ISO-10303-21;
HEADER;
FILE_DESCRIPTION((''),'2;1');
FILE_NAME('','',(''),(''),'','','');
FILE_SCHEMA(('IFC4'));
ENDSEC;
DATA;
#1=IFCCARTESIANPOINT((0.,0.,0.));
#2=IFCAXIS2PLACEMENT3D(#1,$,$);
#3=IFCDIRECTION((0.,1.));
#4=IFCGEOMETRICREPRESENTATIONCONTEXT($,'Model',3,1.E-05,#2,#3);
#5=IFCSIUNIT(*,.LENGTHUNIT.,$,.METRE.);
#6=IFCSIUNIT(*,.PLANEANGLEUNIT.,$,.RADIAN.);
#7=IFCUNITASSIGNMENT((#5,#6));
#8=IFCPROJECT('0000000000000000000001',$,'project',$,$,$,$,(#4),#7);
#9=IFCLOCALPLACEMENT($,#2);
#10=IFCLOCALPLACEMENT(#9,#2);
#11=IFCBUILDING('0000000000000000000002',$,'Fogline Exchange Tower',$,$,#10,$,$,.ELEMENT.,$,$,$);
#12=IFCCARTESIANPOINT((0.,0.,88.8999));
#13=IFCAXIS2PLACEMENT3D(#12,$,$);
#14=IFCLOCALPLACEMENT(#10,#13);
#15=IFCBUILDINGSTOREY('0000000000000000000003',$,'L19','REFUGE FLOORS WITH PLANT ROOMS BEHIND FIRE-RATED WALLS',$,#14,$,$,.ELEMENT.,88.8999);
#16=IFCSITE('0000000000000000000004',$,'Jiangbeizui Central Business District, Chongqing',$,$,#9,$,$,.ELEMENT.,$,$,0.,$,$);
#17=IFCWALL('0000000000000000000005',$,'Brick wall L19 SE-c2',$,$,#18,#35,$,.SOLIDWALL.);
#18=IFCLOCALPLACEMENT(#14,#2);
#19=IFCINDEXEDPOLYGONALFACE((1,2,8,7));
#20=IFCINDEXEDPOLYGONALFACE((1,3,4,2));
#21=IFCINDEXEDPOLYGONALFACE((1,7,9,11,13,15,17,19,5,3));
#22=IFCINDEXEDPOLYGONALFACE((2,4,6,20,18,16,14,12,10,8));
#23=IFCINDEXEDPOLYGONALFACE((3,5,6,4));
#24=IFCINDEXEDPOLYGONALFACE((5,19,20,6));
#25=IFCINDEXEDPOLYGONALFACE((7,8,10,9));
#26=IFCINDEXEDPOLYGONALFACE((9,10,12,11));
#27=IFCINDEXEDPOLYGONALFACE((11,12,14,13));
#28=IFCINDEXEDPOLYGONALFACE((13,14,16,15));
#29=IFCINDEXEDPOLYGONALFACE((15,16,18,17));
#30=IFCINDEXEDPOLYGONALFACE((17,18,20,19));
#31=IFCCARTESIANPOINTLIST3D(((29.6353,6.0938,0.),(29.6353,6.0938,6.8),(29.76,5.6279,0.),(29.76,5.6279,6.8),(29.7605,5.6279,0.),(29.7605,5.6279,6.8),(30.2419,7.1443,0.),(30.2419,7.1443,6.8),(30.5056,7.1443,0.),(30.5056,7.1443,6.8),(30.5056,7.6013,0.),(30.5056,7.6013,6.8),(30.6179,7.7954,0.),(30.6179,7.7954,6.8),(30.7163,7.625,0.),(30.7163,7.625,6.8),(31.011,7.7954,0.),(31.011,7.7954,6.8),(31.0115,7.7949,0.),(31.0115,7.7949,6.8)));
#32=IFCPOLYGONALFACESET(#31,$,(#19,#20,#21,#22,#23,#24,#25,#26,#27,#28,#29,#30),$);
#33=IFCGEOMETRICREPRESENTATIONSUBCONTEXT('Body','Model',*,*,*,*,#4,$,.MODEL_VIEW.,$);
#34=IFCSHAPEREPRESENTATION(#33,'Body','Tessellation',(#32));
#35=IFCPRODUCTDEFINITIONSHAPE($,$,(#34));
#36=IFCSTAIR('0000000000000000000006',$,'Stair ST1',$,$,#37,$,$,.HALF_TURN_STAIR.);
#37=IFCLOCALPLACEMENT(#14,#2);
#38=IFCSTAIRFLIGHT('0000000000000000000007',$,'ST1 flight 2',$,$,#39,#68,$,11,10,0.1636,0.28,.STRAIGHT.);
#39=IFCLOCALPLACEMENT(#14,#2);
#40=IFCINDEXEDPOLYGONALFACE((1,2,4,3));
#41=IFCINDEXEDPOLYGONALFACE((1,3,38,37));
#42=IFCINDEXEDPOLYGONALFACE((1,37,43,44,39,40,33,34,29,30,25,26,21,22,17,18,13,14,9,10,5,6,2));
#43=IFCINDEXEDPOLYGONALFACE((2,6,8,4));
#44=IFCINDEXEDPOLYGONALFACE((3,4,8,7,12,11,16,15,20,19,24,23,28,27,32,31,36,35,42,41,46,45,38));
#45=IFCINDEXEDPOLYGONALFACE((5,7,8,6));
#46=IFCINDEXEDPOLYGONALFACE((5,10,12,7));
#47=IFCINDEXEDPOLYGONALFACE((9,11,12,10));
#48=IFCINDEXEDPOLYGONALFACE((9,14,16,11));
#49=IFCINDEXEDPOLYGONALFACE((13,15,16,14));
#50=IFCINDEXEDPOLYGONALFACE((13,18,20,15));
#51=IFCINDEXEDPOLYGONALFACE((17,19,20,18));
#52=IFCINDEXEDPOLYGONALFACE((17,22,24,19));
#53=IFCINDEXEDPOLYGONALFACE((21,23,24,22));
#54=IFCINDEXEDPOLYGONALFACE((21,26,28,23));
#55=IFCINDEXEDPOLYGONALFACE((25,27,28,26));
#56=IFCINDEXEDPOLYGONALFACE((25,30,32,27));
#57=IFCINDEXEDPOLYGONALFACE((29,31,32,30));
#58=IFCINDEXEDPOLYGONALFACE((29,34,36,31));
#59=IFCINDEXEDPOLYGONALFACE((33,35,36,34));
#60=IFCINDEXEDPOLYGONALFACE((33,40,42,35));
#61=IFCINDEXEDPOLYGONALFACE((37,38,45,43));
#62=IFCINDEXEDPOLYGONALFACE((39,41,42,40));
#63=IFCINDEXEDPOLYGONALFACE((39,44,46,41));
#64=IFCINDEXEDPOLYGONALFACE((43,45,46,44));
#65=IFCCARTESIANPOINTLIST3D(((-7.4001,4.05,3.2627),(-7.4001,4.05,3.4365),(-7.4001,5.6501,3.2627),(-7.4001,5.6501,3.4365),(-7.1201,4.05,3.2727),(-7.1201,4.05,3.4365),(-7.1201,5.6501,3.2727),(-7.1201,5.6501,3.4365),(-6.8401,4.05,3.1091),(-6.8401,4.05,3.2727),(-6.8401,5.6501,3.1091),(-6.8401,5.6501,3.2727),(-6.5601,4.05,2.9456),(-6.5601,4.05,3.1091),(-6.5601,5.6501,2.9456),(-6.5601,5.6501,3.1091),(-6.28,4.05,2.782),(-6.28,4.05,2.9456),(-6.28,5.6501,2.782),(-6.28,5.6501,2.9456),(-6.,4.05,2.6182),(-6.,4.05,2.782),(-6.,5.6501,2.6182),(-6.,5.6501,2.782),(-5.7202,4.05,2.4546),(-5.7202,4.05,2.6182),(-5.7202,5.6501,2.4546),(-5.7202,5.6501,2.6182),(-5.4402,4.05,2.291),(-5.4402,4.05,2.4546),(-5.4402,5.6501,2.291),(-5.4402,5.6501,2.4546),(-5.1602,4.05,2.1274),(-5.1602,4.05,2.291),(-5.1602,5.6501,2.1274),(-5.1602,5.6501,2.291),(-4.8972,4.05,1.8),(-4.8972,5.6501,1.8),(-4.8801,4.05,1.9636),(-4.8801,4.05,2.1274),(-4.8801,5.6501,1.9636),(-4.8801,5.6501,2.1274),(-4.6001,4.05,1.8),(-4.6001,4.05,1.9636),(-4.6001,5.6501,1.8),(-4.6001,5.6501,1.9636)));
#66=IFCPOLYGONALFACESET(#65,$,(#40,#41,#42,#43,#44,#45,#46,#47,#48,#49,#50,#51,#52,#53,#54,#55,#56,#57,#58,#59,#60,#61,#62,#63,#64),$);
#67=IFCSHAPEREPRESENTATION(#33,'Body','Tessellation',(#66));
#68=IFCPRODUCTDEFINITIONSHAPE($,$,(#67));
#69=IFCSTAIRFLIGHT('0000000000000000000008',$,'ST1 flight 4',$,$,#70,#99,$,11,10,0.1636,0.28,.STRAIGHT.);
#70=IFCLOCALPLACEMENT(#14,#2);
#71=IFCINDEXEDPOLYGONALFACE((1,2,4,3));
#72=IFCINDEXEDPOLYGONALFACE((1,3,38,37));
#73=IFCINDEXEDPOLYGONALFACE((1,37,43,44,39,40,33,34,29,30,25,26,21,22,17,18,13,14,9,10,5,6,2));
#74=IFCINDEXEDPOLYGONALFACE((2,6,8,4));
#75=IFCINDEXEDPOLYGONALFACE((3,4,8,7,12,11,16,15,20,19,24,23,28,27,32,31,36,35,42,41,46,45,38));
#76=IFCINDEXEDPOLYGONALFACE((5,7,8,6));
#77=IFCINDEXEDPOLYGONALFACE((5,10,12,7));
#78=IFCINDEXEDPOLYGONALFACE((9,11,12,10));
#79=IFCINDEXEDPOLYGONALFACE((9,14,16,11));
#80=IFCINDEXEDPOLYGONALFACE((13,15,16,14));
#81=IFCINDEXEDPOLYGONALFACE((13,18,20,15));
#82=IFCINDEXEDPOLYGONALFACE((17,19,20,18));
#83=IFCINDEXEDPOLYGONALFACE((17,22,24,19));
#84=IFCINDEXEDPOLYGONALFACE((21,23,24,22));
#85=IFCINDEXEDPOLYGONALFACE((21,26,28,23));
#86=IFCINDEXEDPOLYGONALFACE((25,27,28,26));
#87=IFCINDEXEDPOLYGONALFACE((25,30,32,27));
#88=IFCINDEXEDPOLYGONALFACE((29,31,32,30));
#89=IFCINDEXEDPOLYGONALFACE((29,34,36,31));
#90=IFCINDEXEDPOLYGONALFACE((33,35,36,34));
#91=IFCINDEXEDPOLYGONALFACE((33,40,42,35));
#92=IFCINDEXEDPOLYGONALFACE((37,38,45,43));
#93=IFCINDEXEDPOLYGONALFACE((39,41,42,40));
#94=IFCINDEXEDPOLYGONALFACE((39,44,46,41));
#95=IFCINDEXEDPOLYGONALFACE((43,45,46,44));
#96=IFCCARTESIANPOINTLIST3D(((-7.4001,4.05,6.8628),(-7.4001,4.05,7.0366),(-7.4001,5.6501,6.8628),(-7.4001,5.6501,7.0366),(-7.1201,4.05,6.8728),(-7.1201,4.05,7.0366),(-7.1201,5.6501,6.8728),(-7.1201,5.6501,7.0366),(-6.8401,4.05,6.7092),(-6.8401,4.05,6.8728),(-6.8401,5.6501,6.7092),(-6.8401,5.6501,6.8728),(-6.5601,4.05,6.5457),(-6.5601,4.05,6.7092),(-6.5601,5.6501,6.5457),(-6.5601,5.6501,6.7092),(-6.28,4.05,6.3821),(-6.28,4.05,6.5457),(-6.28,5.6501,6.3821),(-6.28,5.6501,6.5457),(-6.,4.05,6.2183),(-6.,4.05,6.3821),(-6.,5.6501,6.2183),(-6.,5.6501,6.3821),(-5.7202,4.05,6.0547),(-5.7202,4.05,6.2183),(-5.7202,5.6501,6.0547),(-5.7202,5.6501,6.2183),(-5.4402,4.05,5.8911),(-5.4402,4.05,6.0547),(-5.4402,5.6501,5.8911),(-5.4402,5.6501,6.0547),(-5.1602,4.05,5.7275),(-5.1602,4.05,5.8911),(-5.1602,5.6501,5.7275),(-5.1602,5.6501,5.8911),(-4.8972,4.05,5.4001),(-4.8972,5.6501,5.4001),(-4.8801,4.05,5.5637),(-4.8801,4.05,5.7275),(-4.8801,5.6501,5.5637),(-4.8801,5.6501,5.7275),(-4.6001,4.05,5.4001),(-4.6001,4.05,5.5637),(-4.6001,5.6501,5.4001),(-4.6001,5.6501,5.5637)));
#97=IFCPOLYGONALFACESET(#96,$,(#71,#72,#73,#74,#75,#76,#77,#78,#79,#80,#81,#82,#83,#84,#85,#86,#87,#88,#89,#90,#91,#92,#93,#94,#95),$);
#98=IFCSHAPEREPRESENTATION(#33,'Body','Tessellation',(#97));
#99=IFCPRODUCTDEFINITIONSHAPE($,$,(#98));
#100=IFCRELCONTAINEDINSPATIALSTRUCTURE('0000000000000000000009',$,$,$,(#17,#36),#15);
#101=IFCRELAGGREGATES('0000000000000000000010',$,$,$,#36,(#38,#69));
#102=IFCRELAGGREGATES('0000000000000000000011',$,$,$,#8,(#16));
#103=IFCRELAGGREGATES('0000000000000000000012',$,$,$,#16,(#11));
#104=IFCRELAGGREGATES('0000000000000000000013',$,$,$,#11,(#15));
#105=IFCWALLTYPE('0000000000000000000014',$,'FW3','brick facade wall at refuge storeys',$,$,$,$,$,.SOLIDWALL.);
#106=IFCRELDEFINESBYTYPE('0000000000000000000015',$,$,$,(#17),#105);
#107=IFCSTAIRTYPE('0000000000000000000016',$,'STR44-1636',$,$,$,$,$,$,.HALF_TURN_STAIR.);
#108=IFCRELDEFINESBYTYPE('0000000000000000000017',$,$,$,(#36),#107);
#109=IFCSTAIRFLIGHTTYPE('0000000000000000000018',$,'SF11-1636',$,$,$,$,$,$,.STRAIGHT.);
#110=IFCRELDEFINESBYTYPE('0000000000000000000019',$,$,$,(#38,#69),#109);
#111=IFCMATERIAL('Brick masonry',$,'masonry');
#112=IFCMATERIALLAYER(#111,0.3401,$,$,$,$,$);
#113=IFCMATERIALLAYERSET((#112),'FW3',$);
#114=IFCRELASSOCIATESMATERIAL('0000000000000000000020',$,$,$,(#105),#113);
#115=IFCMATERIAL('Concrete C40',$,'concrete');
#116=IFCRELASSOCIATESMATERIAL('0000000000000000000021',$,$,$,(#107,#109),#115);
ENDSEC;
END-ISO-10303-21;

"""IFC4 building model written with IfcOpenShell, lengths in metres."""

from ifc_helpers import new_model, si_unit, direction, frame, origin, place, context, subcontext, project, spatial, polyline, outline, extrude, material, layer, layer_set, type_object, element, aggregate, save


model = new_model("IFC4")

# Units and contexts
model_context = context("Model", 3, precision=1e-05, world=origin(), true_north=direction((0.0, 1.0)))
body_context = subcontext(model_context, "Body", "Model", "MODEL_VIEW")
ifc_project = project(units=[si_unit("LENGTHUNIT", "METRE"), si_unit("PLANEANGLEUNIT", "RADIAN")], contexts=[model_context])

# Site, building, storey
site_placement = place(None, origin())
site = spatial("IfcSite", under=ifc_project, at=site_placement, Name="Jiangbeizui Central Business District, Chongqing", CompositionType="ELEMENT", RefElevation=0.0)
building_placement = place(site_placement, origin())
building = spatial("IfcBuilding", under=site, at=building_placement, Name="Fogline Exchange Tower", CompositionType="ELEMENT")
storey_placement = place(building_placement, frame((0.0, 0.0, 88.8999)))
storey = spatial("IfcBuildingStorey", under=building, at=storey_placement, Name="L19", Description="REFUGE FLOORS WITH PLANT ROOMS BEHIND FIRE-RATED WALLS", CompositionType="ELEMENT", Elevation=88.8999)

# Shared definitions
ifc_material_1 = material(Name="Concrete C40", Category="concrete")

# Wall
ifc_material_2 = material(Name="Brick masonry", Category="masonry")
ifc_layer_1 = layer(ifc_material_2, 0.3401)
ifc_layer_set_1 = layer_set([ifc_layer_1], Name="FW3")
wall_type_1 = type_object("IfcWallType", Name="FW3", Description="brick facade wall at refuge storeys", PredefinedType="SOLIDWALL", material=ifc_layer_set_1)
wall_1_placement = place(storey_placement, origin())
element("IfcWall", 1, at=wall_1_placement, inside=storey, type_object=wall_type_1, Name="Brick wall L19 SE-c2", PredefinedType="SOLIDWALL", context=body_context, shape_type="SweptSolid", body=[
    extrude(outline(polyline([(30.2419, 7.1443), (30.5056, 7.1443), (30.5056, 7.6013), (30.6179, 7.7954), (30.7163, 7.625), (31.011, 7.7954), (31.0115, 7.7949), (29.7605, 5.6279), (29.76, 5.6279), (29.6353, 6.0938), (30.2419, 7.1443)])), origin(), (0.0, 0.0, 1.0), 6.8),
])

# Stair, stair flights
stair_type = type_object("IfcStairType", Name="STR44-1636", PredefinedType="HALF_TURN_STAIR", material=ifc_material_1)
stair_placement = place(storey_placement, origin())
stair = element("IfcStair", 2, at=stair_placement, inside=storey, type_object=stair_type, Name="Stair ST1", PredefinedType="HALF_TURN_STAIR")
stair_flight_type = type_object("IfcStairFlightType", Name="SF11-1636", PredefinedType="STRAIGHT", material=ifc_material_1)
stair_flight_1_placement = place(storey_placement, frame((-4.6001, 4.8501, 1.8), z_axis=(0.0, 0.0, 1.0), x_axis=(-1.0, 0.0, 0.0)))
stair_flight_1 = element("IfcStairFlight", 3, at=stair_flight_1_placement, type_object=stair_flight_type, Name="ST1 flight 2", NumberOfRisers=11, NumberOfTreads=10, PredefinedType="STRAIGHT", RiserHeight=0.1636, TreadLength=0.28, context=body_context, shape_type="SweptSolid", body=[
    extrude(outline(polyline([(0.0, 0.0), (0.0, 0.1636), (0.28, 0.1636), (0.28, 0.3274), (0.5601, 0.3274), (0.5601, 0.491), (0.8401, 0.491), (0.8401, 0.6545), (1.1201, 0.6545), (1.1201, 0.8181), (1.3999, 0.8181), (1.3999, 0.9819), (1.6799, 0.9819), (1.6799, 1.1455), (1.96, 1.1455), (1.96, 1.3091), (2.24, 1.3091), (2.24, 1.4727), (2.52, 1.4727), (2.52, 1.6365), (2.8, 1.6365), (2.8, 1.8), (2.8, 1.4626), (0.2971, 0.0), (0.0, 0.0)])), frame((0.0, 0.8, 0.0), z_axis=(0.0, -1.0, 0.0), x_axis=(1.0, 0.0, 0.0)), (0.0, 0.0, 1.0), 1.6001),
])
stair_flight_2_placement = place(storey_placement, frame((-4.6001, 4.8501, 5.4001), z_axis=(0.0, 0.0, 1.0), x_axis=(-1.0, 0.0, 0.0)))
stair_flight_2 = element("IfcStairFlight", 4, at=stair_flight_2_placement, type_object=stair_flight_type, Name="ST1 flight 4", NumberOfRisers=11, NumberOfTreads=10, PredefinedType="STRAIGHT", RiserHeight=0.1636, TreadLength=0.28, context=body_context, shape_type="SweptSolid", body=[
    extrude(outline(polyline([(0.0, 0.0), (0.0, 0.1636), (0.28, 0.1636), (0.28, 0.3274), (0.5601, 0.3274), (0.5601, 0.491), (0.8401, 0.491), (0.8401, 0.6545), (1.1201, 0.6545), (1.1201, 0.8181), (1.3999, 0.8181), (1.3999, 0.9819), (1.6799, 0.9819), (1.6799, 1.1455), (1.96, 1.1455), (1.96, 1.3091), (2.24, 1.3091), (2.24, 1.4727), (2.52, 1.4727), (2.52, 1.6365), (2.8, 1.6365), (2.8, 1.8), (2.8, 1.4626), (0.2971, 0.0), (0.0, 0.0)])), frame((0.0, 0.8, 0.0), z_axis=(0.0, -1.0, 0.0), x_axis=(1.0, 0.0, 0.0)), (0.0, 0.0, 1.0), 1.6001),
])
aggregate(stair, [stair_flight_1, stair_flight_2])

save(model, "model.ifc")
